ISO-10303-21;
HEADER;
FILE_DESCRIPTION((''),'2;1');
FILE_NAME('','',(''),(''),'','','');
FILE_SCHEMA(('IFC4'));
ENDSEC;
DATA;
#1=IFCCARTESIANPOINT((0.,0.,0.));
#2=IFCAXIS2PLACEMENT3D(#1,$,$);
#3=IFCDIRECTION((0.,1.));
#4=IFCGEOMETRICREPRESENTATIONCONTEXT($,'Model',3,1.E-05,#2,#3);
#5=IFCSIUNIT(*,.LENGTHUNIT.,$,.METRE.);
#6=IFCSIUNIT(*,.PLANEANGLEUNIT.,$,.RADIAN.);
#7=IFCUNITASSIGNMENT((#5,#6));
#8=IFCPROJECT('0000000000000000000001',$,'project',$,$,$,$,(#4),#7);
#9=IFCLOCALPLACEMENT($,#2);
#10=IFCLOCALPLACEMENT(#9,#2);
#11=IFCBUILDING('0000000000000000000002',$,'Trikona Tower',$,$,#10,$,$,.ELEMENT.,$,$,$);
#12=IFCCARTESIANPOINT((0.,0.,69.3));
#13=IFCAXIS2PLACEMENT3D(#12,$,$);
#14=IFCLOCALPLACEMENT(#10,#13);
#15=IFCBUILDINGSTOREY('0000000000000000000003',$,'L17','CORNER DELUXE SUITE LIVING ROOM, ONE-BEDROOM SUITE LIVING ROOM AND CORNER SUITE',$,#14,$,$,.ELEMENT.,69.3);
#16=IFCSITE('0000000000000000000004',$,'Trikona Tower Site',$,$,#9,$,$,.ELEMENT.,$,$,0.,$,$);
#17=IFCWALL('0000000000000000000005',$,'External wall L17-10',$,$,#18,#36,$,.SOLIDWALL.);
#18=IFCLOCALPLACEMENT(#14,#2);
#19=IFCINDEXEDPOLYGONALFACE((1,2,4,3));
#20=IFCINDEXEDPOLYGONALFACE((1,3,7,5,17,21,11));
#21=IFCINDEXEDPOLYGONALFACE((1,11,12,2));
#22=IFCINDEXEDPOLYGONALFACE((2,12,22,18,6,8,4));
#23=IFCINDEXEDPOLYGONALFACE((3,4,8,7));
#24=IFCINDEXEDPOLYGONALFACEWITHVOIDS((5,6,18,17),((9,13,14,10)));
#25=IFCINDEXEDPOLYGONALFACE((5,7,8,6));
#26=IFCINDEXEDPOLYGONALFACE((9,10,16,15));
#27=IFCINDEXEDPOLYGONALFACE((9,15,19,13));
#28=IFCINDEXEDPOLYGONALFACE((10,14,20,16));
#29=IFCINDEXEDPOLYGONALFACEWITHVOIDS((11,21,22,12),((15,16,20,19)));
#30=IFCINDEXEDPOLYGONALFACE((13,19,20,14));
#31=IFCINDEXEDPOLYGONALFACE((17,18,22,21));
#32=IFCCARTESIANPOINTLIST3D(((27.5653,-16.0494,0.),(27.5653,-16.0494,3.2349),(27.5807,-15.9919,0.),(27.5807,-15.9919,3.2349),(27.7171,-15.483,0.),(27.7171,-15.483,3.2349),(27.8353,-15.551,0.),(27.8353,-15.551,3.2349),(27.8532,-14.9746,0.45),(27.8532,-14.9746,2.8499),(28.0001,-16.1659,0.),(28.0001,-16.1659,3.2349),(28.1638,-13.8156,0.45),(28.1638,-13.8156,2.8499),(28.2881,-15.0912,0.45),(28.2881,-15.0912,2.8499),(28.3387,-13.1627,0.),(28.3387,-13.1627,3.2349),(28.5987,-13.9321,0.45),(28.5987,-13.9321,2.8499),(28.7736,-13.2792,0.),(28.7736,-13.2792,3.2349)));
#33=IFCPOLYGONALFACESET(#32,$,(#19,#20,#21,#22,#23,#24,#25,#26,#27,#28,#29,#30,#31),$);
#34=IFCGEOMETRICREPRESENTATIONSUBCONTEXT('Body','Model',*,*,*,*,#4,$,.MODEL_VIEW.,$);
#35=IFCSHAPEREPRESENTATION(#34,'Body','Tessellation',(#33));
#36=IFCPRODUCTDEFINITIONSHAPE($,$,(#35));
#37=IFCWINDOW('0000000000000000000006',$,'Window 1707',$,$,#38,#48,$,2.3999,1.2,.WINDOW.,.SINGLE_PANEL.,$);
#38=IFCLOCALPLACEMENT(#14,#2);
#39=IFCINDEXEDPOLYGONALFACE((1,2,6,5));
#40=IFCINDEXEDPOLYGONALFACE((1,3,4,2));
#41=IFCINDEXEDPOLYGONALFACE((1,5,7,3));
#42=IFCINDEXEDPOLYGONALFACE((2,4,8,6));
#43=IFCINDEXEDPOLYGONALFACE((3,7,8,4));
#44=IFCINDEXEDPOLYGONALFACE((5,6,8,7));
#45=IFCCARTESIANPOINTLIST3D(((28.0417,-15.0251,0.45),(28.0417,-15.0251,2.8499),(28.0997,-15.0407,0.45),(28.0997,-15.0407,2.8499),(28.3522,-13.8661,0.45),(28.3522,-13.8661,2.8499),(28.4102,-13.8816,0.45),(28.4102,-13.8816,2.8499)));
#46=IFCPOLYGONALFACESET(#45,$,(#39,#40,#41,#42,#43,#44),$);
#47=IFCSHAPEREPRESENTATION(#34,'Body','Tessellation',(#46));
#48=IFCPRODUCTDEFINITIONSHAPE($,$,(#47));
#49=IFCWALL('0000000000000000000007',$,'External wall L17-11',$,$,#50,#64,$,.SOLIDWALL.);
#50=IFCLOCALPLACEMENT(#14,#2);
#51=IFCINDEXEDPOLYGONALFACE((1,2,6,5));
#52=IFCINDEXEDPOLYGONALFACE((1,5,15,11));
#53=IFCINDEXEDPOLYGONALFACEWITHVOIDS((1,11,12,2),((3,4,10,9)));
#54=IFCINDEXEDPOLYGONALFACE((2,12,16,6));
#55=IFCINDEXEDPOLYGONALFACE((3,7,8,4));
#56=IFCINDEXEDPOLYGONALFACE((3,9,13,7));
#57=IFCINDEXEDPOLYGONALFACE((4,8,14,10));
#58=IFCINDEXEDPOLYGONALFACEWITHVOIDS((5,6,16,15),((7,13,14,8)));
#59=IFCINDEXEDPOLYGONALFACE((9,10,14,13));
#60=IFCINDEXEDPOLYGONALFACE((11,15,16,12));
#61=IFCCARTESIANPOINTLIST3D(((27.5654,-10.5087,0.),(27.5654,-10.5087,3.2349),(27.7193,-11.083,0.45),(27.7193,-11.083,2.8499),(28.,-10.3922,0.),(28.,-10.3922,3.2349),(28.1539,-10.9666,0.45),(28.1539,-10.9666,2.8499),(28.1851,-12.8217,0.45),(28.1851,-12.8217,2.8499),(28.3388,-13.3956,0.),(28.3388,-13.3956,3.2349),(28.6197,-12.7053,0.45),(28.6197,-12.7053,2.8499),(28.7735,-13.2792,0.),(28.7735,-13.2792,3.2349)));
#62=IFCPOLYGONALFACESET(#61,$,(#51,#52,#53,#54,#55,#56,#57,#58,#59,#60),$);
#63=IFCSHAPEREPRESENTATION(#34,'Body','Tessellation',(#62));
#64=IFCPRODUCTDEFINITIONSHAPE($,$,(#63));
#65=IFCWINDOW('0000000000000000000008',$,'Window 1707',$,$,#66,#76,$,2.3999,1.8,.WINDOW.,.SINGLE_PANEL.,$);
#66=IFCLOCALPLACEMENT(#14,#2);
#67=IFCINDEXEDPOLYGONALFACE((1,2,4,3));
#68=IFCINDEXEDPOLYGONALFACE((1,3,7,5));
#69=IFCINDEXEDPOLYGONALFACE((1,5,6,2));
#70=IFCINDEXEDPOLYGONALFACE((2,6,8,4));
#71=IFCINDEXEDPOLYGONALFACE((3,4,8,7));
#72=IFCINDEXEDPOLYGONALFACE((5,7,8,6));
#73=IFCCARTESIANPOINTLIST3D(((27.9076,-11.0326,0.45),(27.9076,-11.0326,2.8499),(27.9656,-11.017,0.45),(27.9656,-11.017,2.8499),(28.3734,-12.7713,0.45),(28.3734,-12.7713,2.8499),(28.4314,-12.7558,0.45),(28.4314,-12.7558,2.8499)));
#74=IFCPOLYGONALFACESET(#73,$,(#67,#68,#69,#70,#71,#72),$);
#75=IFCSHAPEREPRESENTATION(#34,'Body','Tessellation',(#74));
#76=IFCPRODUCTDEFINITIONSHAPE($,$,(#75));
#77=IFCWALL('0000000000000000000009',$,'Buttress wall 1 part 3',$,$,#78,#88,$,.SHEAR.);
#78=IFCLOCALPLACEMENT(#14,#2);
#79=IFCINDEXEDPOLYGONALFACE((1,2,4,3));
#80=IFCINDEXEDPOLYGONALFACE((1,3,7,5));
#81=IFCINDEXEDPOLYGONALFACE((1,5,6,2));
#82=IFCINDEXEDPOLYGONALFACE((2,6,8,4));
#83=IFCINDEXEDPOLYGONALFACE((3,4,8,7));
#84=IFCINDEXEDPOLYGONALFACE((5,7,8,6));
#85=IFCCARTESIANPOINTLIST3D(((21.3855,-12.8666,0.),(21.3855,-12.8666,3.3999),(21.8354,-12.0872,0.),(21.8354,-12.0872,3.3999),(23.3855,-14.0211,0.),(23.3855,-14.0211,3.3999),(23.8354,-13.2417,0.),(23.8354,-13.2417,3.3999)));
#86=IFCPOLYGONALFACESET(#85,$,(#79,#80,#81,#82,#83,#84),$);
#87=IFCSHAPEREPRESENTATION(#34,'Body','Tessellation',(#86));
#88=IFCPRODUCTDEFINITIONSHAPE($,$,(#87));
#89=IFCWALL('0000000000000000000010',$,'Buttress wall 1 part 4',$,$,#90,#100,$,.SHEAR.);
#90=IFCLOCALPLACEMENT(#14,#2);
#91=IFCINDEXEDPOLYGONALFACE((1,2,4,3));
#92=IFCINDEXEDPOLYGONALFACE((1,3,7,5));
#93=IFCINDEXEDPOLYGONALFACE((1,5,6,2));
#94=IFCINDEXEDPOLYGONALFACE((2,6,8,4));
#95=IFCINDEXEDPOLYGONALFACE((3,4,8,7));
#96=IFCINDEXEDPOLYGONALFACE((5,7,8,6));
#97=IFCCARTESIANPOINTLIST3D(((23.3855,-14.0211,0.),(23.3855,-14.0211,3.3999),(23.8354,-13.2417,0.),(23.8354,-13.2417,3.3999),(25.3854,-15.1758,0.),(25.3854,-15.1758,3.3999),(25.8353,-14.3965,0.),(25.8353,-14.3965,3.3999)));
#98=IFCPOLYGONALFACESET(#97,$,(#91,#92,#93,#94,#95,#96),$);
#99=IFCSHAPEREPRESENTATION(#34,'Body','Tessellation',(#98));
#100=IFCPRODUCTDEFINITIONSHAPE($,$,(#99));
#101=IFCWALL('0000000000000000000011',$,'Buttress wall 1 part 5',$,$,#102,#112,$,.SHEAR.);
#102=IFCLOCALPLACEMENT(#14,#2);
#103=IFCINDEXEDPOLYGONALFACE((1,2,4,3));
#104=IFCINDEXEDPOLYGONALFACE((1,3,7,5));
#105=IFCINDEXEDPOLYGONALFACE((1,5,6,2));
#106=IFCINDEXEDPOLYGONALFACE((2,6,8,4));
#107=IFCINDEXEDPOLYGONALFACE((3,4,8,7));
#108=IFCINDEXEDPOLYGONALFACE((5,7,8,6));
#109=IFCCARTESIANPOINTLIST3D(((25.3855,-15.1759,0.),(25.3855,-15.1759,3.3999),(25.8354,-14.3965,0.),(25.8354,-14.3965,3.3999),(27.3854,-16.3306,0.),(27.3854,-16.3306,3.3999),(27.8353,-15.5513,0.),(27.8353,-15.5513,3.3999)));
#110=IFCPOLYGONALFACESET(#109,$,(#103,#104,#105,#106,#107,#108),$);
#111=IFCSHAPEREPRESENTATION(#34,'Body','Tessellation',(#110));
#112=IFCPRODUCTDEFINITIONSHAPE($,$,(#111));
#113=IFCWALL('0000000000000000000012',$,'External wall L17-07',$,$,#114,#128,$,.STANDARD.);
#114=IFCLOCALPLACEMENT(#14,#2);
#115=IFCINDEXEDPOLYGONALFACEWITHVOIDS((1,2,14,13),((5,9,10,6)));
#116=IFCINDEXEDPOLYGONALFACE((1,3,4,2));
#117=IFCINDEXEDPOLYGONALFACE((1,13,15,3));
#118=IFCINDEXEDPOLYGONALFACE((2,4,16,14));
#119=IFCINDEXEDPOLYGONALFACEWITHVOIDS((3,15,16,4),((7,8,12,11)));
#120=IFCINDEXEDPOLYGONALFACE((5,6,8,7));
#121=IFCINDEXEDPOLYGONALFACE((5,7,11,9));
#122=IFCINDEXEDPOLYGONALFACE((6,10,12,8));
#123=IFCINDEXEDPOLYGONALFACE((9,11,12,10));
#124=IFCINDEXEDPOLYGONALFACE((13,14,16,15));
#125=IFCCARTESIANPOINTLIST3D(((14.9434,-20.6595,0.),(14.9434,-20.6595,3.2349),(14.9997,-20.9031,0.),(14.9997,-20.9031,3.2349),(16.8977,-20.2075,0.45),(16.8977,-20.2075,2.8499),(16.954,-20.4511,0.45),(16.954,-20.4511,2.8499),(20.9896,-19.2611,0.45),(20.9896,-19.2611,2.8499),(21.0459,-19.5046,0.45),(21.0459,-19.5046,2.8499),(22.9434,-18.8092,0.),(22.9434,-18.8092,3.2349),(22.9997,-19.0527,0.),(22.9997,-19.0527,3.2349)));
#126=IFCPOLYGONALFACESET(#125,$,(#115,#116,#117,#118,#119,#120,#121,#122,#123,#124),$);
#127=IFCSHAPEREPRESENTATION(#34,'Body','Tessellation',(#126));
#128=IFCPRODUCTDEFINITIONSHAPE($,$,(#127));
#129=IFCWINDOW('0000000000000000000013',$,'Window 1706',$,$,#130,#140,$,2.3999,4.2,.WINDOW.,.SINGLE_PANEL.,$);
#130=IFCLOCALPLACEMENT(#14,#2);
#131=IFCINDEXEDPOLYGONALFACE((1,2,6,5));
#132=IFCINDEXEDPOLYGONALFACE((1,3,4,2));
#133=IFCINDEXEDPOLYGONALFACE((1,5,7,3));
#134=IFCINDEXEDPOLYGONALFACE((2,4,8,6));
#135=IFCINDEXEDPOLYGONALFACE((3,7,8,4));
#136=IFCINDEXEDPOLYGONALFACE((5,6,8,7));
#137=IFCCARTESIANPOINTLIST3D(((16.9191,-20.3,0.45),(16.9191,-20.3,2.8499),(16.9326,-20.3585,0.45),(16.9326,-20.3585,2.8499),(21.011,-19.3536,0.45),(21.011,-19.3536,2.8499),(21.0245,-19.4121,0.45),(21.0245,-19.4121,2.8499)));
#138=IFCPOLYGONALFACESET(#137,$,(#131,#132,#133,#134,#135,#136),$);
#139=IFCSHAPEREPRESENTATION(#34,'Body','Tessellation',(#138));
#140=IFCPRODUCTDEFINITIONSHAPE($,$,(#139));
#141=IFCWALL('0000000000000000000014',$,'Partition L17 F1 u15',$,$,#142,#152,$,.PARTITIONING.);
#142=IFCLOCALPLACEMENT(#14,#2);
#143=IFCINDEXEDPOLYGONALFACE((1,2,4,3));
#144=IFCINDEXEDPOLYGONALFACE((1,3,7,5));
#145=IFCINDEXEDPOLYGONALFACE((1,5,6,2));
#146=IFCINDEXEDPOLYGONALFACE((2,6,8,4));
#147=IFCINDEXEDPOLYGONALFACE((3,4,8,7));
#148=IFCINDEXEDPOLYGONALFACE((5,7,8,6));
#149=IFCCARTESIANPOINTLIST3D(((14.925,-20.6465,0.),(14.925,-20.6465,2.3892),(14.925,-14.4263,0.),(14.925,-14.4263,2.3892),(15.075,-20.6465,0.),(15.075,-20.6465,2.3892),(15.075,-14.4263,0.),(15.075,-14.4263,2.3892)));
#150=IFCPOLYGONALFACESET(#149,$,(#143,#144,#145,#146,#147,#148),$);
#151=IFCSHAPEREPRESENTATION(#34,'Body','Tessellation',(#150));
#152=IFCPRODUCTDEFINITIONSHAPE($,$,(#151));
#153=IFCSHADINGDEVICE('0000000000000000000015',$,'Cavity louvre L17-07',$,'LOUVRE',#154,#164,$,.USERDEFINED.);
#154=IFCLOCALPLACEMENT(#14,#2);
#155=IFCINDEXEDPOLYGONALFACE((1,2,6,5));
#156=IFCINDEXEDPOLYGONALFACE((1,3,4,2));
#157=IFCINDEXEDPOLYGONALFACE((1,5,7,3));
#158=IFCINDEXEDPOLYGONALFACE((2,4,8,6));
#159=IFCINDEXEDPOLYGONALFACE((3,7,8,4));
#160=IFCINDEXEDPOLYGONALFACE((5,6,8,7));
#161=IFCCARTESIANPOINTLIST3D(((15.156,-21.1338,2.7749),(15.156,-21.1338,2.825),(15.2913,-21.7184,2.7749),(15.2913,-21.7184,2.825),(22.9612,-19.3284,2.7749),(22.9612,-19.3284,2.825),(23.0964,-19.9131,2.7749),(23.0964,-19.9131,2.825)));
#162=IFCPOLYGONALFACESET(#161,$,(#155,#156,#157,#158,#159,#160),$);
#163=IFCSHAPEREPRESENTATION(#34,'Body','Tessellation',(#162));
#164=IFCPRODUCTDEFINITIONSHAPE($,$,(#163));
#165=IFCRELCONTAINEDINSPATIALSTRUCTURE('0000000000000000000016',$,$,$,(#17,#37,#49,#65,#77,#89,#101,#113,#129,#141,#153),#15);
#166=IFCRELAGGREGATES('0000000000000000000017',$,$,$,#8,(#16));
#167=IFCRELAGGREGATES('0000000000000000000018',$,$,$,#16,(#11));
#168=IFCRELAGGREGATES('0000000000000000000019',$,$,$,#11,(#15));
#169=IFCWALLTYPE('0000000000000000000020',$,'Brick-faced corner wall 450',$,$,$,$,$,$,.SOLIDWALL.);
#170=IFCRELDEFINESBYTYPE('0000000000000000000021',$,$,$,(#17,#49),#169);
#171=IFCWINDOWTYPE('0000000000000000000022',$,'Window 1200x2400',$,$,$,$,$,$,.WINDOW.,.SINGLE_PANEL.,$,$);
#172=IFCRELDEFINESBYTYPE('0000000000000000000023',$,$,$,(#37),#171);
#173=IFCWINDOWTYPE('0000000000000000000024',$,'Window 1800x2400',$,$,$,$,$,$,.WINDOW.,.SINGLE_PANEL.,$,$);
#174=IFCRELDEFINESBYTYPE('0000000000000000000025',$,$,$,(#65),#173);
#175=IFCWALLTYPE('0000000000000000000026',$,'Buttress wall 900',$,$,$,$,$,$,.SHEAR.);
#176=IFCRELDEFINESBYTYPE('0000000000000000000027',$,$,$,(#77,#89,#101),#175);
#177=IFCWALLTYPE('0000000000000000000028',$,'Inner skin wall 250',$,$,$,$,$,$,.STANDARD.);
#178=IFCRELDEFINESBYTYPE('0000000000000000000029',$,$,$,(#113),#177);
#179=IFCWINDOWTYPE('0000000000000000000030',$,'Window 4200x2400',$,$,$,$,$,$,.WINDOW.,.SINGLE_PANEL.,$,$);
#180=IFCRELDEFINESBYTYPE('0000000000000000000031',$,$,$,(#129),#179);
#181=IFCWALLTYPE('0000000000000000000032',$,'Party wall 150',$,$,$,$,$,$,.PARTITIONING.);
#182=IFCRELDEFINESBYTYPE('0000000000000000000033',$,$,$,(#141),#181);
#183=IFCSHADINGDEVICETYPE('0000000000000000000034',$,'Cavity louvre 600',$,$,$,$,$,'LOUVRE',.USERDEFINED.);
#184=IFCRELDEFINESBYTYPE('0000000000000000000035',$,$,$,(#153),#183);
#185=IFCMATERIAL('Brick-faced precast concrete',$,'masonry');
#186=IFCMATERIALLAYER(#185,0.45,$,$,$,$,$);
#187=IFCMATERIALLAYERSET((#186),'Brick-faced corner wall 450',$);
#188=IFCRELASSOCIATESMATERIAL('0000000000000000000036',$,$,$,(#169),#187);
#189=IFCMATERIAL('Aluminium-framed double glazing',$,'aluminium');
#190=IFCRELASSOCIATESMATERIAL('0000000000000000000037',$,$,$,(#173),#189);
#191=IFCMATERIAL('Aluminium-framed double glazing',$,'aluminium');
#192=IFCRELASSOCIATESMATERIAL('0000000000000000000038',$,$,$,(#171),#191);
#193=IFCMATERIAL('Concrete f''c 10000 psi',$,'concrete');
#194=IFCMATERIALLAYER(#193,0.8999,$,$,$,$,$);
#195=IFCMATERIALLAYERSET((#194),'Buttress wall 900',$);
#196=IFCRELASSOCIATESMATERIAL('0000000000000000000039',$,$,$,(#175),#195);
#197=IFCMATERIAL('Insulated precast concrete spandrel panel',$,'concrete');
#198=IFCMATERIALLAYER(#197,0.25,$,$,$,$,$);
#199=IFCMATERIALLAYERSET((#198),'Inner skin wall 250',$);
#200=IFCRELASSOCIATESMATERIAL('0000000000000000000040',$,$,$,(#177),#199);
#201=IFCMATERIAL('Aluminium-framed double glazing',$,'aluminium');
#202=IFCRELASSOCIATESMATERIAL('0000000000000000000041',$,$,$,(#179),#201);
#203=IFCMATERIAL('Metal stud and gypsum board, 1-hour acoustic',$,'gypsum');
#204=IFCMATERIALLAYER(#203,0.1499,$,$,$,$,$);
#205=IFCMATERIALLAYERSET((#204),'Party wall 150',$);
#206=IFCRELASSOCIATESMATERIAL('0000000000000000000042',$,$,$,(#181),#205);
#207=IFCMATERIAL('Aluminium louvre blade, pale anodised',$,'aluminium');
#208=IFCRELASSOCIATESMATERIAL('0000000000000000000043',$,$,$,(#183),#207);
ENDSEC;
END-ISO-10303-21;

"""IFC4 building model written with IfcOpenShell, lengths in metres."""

from ifc_helpers import new_model, si_unit, direction, frame, frame_2d, origin, origin_2d, place, context, subcontext, project, spatial, polyline, rectangle, outline, extrude, material, layer, layer_set, type_object, element, fill, save


model = new_model("IFC4")

# Units and contexts
model_context = context("Model", 3, precision=1e-05, world=origin(), true_north=direction((0.0, 1.0)))
body_context = subcontext(model_context, "Body", "Model", "MODEL_VIEW")
ifc_project = project(units=[si_unit("LENGTHUNIT", "METRE"), si_unit("PLANEANGLEUNIT", "RADIAN")], contexts=[model_context])

# Site, building, storey
site_placement = place(None, origin())
site = spatial("IfcSite", under=ifc_project, at=site_placement, Name="Trikona Tower Site", CompositionType="ELEMENT", RefElevation=0.0)
building_placement = place(site_placement, origin())
building = spatial("IfcBuilding", under=site, at=building_placement, Name="Trikona Tower", CompositionType="ELEMENT")
storey_placement = place(building_placement, frame((0.0, 0.0, 69.3)))
storey = spatial("IfcBuildingStorey", under=building, at=storey_placement, Name="L17", Description="CORNER DELUXE SUITE LIVING ROOM, ONE-BEDROOM SUITE LIVING ROOM AND CORNER SUITE", CompositionType="ELEMENT", Elevation=69.3)

# Walls, openings, windows
ifc_material_1 = material(Name="Brick-faced precast concrete", Category="masonry")
ifc_layer_1 = layer(ifc_material_1, 0.45)
ifc_layer_set_1 = layer_set([ifc_layer_1], Name="Brick-faced corner wall 450")
wall_type_1 = type_object("IfcWallType", Name="Brick-faced corner wall 450", PredefinedType="SOLIDWALL", material=ifc_layer_set_1)
ifc_material_2 = material(Name="Aluminium-framed double glazing", Category="aluminium")
window_type_1 = type_object("IfcWindowType", Name="Window 1800x2400", PartitioningType="SINGLE_PANEL", PredefinedType="WINDOW", material=ifc_material_2)
ifc_material_3 = material(Name="Aluminium-framed double glazing", Category="aluminium")
window_type_2 = type_object("IfcWindowType", Name="Window 1200x2400", PartitioningType="SINGLE_PANEL", PredefinedType="WINDOW", material=ifc_material_3)
wall_1_placement = place(storey_placement, frame((27.7827, -16.1077, 0.0), z_axis=(0.0, 0.0, 1.0), x_axis=(0.258801, 0.965931, 0.0)))
wall_1 = element("IfcWall", 1, at=wall_1_placement, inside=storey, type_object=wall_type_1, Name="External wall L17-10", PredefinedType="SOLIDWALL", context=body_context, shape_type="SweptSolid", body=[
    extrude(outline(polyline([(2.9885, 0.2251), (0.5864, 0.2251), (0.5513, 0.0933), (0.0596, 0.2251), (0.0, 0.2251), (0.0, -0.2251), (2.9885, -0.2251), (2.9885, 0.2251)])), origin(), (0.0, 0.0, 1.0), 3.2349),
])
opening_1_placement = place(wall_1_placement, frame((1.1125, 0.0, 0.45)))
opening_1 = element("IfcOpeningElement", 2, at=opening_1_placement, cuts=wall_1, PredefinedType="OPENING", context=body_context, shape_type="SweptSolid", body=[
    extrude(rectangle(XDim=1.2, YDim=2.3999, at=frame_2d((0.6001, 1.2))), frame((0.0, 0.2349, 0.0), z_axis=(0.0, -1.0, 0.0), x_axis=(1.0, 0.0, 0.0)), (0.0, 0.0, 1.0), 0.47),
])
window_1_placement = place(opening_1_placement, origin())
window_1 = element("IfcWindow", 3, at=window_1_placement, inside=storey, type_object=window_type_2, Name="Window 1707", OverallHeight=2.3999, OverallWidth=1.2, PartitioningType="SINGLE_PANEL", PredefinedType="WINDOW", context=body_context, shape_type="SweptSolid", body=[
    extrude(rectangle(XDim=1.2, YDim=2.3999, at=frame_2d((0.6001, 1.2))), frame((0.0, 0.03, 0.0), z_axis=(0.0, -1.0, 0.0), x_axis=(1.0, 0.0, 0.0)), (0.0, 0.0, 1.0), 0.0601),
])
fill(opening_1, window_1)
wall_2_placement = place(storey_placement, frame((28.5562, -13.3374, 0.0), z_axis=(0.0, 0.0, 1.0), x_axis=(-0.258781, 0.965936, 0.0)))
wall_2 = element("IfcWall", 4, at=wall_2_placement, inside=storey, type_object=wall_type_1, Name="External wall L17-11", PredefinedType="SOLIDWALL", context=body_context, shape_type="SweptSolid", body=[
    extrude(rectangle(XDim=2.9888, YDim=0.45, at=frame_2d((1.4944, 0.0))), origin(), (0.0, 0.0, 1.0), 3.2349),
])
opening_2_placement = place(wall_2_placement, frame((0.5942, 0.0, 0.45)))
opening_2 = element("IfcOpeningElement", 5, at=opening_2_placement, cuts=wall_2, PredefinedType="OPENING", context=body_context, shape_type="SweptSolid", body=[
    extrude(rectangle(XDim=1.8, YDim=2.3999, at=frame_2d((0.8999, 1.2))), frame((0.0, 0.2349, 0.0), z_axis=(0.0, -1.0, 0.0), x_axis=(1.0, 0.0, 0.0)), (0.0, 0.0, 1.0), 0.47),
])
window_2_placement = place(opening_2_placement, origin())
window_2 = element("IfcWindow", 6, at=window_2_placement, inside=storey, type_object=window_type_1, Name="Window 1707", OverallHeight=2.3999, OverallWidth=1.8, PartitioningType="SINGLE_PANEL", PredefinedType="WINDOW", context=body_context, shape_type="SweptSolid", body=[
    extrude(rectangle(XDim=1.8, YDim=2.3999, at=frame_2d((0.8999, 1.2))), frame((0.0, 0.03, 0.0), z_axis=(0.0, -1.0, 0.0), x_axis=(1.0, 0.0, 0.0)), (0.0, 0.0, 1.0), 0.0601),
])
fill(opening_2, window_2)

# Walls
ifc_material_4 = material(Name="Concrete f'c 10000 psi", Category="concrete")
ifc_layer_2 = layer(ifc_material_4, 0.8999)
ifc_layer_set_2 = layer_set([ifc_layer_2], Name="Buttress wall 900")
wall_type_2 = type_object("IfcWallType", Name="Buttress wall 900", PredefinedType="SHEAR", material=ifc_layer_set_2)
for number, where, z_axis, x_axis, name in (
    (7, (21.6104, -12.4768, 0.0), (0.0, 0.0, 1.0), (0.866055, -0.499948, 0.0), "Buttress wall 1 part 3"),
    (8, (23.6104, -13.6313, 0.0), (0.0, 0.0, 1.0), (0.86601, -0.500027, 0.0), "Buttress wall 1 part 4"),
    (9, (25.6104, -14.7861, 0.0), (0.0, 0.0, 1.0), (0.86601, -0.500027, 0.0), "Buttress wall 1 part 5"),
):
    element("IfcWall", number, at=place(storey_placement, frame(where, z_axis=z_axis, x_axis=x_axis)), inside=storey, type_object=wall_type_2, Name=name, PredefinedType="SHEAR", context=body_context, shape_type="SweptSolid", body=[
        extrude(rectangle(XDim=2.3093, YDim=0.8999, at=frame_2d((1.1548, 0.0))), origin(), (0.0, 0.0, 1.0), 3.3999),
    ])

# Wall, opening, window
ifc_material_5 = material(Name="Insulated precast concrete spandrel panel", Category="concrete")
ifc_layer_3 = layer(ifc_material_5, 0.25)
ifc_layer_set_3 = layer_set([ifc_layer_3], Name="Inner skin wall 250")
wall_type_3 = type_object("IfcWallType", Name="Inner skin wall 250", PredefinedType="STANDARD", material=ifc_layer_set_3)
wall_3_placement = place(storey_placement, frame((14.9717, -20.7812, 0.0), z_axis=(0.0, 0.0, 1.0), x_axis=(0.974279, 0.225344, 0.0)))
wall_3 = element("IfcWall", 10, at=wall_3_placement, inside=storey, type_object=wall_type_3, Name="External wall L17-07", PredefinedType="STANDARD", context=body_context, shape_type="SweptSolid", body=[
    extrude(rectangle(XDim=8.2112, YDim=0.25, at=frame_2d((4.1055, 0.0))), origin(), (0.0, 0.0, 1.0), 3.2349),
])
opening_3_placement = place(wall_3_placement, frame((2.0056, 0.0, 0.45)))
opening_3 = element("IfcOpeningElement", 11, at=opening_3_placement, cuts=wall_3, PredefinedType="OPENING", context=body_context, shape_type="SweptSolid", body=[
    extrude(rectangle(XDim=4.2, YDim=2.3999, at=frame_2d((2.1001, 1.2))), frame((0.0, 0.135, 0.0), z_axis=(0.0, -1.0, 0.0), x_axis=(1.0, 0.0, 0.0)), (0.0, 0.0, 1.0), 0.27),
])
ifc_material_6 = material(Name="Aluminium-framed double glazing", Category="aluminium")
window_type_3 = type_object("IfcWindowType", Name="Window 4200x2400", PartitioningType="SINGLE_PANEL", PredefinedType="WINDOW", material=ifc_material_6)
window_3_placement = place(opening_3_placement, origin())
window_3 = element("IfcWindow", 12, at=window_3_placement, inside=storey, type_object=window_type_3, Name="Window 1706", OverallHeight=2.3999, OverallWidth=4.2, PartitioningType="SINGLE_PANEL", PredefinedType="WINDOW", context=body_context, shape_type="SweptSolid", body=[
    extrude(rectangle(XDim=4.2, YDim=2.3999, at=frame_2d((2.1001, 1.2))), frame((0.0, 0.03, 0.0), z_axis=(0.0, -1.0, 0.0), x_axis=(1.0, 0.0, 0.0)), (0.0, 0.0, 1.0), 0.0601),
])
fill(opening_3, window_3)

# Wall
ifc_material_7 = material(Name="Metal stud and gypsum board, 1-hour acoustic", Category="gypsum")
ifc_layer_4 = layer(ifc_material_7, 0.1499)
ifc_layer_set_4 = layer_set([ifc_layer_4], Name="Party wall 150")
wall_type_4 = type_object("IfcWallType", Name="Party wall 150", PredefinedType="PARTITIONING", material=ifc_layer_set_4)
wall_4_placement = place(storey_placement, frame((15.0, -14.4263, 0.0), z_axis=(0.0, 0.0, 1.0), x_axis=(0.0, -1.0, 0.0)))
element("IfcWall", 13, at=wall_4_placement, inside=storey, type_object=wall_type_4, Name="Partition L17 F1 u15", PredefinedType="PARTITIONING", context=body_context, shape_type="SweptSolid", body=[
    extrude(rectangle(XDim=6.2202, YDim=0.1499, at=frame_2d((3.1101, 0.0))), origin(), (0.0, 0.0, 1.0), 2.3892),
])

# Shading device
ifc_material_8 = material(Name="Aluminium louvre blade, pale anodised", Category="aluminium")
shading_device_type = type_object("IfcShadingDeviceType", Name="Cavity louvre 600", ElementType="LOUVRE", PredefinedType="USERDEFINED", material=ifc_material_8)
shading_device_placement = place(storey_placement, frame((19.1262, -20.5234, 2.7749), z_axis=(0.0, 0.0, 1.0), x_axis=(0.974278, 0.225351, 0.0)))
element("IfcShadingDevice", 14, at=shading_device_placement, inside=storey, type_object=shading_device_type, Name="Cavity louvre L17-07", ObjectType="LOUVRE", PredefinedType="USERDEFINED", context=body_context, shape_type="SweptSolid", body=[
    extrude(rectangle(XDim=8.0112, YDim=0.6001, at=origin_2d()), origin(), (0.0, 0.0, 1.0), 0.05),
])

save(model, "model.ifc")
